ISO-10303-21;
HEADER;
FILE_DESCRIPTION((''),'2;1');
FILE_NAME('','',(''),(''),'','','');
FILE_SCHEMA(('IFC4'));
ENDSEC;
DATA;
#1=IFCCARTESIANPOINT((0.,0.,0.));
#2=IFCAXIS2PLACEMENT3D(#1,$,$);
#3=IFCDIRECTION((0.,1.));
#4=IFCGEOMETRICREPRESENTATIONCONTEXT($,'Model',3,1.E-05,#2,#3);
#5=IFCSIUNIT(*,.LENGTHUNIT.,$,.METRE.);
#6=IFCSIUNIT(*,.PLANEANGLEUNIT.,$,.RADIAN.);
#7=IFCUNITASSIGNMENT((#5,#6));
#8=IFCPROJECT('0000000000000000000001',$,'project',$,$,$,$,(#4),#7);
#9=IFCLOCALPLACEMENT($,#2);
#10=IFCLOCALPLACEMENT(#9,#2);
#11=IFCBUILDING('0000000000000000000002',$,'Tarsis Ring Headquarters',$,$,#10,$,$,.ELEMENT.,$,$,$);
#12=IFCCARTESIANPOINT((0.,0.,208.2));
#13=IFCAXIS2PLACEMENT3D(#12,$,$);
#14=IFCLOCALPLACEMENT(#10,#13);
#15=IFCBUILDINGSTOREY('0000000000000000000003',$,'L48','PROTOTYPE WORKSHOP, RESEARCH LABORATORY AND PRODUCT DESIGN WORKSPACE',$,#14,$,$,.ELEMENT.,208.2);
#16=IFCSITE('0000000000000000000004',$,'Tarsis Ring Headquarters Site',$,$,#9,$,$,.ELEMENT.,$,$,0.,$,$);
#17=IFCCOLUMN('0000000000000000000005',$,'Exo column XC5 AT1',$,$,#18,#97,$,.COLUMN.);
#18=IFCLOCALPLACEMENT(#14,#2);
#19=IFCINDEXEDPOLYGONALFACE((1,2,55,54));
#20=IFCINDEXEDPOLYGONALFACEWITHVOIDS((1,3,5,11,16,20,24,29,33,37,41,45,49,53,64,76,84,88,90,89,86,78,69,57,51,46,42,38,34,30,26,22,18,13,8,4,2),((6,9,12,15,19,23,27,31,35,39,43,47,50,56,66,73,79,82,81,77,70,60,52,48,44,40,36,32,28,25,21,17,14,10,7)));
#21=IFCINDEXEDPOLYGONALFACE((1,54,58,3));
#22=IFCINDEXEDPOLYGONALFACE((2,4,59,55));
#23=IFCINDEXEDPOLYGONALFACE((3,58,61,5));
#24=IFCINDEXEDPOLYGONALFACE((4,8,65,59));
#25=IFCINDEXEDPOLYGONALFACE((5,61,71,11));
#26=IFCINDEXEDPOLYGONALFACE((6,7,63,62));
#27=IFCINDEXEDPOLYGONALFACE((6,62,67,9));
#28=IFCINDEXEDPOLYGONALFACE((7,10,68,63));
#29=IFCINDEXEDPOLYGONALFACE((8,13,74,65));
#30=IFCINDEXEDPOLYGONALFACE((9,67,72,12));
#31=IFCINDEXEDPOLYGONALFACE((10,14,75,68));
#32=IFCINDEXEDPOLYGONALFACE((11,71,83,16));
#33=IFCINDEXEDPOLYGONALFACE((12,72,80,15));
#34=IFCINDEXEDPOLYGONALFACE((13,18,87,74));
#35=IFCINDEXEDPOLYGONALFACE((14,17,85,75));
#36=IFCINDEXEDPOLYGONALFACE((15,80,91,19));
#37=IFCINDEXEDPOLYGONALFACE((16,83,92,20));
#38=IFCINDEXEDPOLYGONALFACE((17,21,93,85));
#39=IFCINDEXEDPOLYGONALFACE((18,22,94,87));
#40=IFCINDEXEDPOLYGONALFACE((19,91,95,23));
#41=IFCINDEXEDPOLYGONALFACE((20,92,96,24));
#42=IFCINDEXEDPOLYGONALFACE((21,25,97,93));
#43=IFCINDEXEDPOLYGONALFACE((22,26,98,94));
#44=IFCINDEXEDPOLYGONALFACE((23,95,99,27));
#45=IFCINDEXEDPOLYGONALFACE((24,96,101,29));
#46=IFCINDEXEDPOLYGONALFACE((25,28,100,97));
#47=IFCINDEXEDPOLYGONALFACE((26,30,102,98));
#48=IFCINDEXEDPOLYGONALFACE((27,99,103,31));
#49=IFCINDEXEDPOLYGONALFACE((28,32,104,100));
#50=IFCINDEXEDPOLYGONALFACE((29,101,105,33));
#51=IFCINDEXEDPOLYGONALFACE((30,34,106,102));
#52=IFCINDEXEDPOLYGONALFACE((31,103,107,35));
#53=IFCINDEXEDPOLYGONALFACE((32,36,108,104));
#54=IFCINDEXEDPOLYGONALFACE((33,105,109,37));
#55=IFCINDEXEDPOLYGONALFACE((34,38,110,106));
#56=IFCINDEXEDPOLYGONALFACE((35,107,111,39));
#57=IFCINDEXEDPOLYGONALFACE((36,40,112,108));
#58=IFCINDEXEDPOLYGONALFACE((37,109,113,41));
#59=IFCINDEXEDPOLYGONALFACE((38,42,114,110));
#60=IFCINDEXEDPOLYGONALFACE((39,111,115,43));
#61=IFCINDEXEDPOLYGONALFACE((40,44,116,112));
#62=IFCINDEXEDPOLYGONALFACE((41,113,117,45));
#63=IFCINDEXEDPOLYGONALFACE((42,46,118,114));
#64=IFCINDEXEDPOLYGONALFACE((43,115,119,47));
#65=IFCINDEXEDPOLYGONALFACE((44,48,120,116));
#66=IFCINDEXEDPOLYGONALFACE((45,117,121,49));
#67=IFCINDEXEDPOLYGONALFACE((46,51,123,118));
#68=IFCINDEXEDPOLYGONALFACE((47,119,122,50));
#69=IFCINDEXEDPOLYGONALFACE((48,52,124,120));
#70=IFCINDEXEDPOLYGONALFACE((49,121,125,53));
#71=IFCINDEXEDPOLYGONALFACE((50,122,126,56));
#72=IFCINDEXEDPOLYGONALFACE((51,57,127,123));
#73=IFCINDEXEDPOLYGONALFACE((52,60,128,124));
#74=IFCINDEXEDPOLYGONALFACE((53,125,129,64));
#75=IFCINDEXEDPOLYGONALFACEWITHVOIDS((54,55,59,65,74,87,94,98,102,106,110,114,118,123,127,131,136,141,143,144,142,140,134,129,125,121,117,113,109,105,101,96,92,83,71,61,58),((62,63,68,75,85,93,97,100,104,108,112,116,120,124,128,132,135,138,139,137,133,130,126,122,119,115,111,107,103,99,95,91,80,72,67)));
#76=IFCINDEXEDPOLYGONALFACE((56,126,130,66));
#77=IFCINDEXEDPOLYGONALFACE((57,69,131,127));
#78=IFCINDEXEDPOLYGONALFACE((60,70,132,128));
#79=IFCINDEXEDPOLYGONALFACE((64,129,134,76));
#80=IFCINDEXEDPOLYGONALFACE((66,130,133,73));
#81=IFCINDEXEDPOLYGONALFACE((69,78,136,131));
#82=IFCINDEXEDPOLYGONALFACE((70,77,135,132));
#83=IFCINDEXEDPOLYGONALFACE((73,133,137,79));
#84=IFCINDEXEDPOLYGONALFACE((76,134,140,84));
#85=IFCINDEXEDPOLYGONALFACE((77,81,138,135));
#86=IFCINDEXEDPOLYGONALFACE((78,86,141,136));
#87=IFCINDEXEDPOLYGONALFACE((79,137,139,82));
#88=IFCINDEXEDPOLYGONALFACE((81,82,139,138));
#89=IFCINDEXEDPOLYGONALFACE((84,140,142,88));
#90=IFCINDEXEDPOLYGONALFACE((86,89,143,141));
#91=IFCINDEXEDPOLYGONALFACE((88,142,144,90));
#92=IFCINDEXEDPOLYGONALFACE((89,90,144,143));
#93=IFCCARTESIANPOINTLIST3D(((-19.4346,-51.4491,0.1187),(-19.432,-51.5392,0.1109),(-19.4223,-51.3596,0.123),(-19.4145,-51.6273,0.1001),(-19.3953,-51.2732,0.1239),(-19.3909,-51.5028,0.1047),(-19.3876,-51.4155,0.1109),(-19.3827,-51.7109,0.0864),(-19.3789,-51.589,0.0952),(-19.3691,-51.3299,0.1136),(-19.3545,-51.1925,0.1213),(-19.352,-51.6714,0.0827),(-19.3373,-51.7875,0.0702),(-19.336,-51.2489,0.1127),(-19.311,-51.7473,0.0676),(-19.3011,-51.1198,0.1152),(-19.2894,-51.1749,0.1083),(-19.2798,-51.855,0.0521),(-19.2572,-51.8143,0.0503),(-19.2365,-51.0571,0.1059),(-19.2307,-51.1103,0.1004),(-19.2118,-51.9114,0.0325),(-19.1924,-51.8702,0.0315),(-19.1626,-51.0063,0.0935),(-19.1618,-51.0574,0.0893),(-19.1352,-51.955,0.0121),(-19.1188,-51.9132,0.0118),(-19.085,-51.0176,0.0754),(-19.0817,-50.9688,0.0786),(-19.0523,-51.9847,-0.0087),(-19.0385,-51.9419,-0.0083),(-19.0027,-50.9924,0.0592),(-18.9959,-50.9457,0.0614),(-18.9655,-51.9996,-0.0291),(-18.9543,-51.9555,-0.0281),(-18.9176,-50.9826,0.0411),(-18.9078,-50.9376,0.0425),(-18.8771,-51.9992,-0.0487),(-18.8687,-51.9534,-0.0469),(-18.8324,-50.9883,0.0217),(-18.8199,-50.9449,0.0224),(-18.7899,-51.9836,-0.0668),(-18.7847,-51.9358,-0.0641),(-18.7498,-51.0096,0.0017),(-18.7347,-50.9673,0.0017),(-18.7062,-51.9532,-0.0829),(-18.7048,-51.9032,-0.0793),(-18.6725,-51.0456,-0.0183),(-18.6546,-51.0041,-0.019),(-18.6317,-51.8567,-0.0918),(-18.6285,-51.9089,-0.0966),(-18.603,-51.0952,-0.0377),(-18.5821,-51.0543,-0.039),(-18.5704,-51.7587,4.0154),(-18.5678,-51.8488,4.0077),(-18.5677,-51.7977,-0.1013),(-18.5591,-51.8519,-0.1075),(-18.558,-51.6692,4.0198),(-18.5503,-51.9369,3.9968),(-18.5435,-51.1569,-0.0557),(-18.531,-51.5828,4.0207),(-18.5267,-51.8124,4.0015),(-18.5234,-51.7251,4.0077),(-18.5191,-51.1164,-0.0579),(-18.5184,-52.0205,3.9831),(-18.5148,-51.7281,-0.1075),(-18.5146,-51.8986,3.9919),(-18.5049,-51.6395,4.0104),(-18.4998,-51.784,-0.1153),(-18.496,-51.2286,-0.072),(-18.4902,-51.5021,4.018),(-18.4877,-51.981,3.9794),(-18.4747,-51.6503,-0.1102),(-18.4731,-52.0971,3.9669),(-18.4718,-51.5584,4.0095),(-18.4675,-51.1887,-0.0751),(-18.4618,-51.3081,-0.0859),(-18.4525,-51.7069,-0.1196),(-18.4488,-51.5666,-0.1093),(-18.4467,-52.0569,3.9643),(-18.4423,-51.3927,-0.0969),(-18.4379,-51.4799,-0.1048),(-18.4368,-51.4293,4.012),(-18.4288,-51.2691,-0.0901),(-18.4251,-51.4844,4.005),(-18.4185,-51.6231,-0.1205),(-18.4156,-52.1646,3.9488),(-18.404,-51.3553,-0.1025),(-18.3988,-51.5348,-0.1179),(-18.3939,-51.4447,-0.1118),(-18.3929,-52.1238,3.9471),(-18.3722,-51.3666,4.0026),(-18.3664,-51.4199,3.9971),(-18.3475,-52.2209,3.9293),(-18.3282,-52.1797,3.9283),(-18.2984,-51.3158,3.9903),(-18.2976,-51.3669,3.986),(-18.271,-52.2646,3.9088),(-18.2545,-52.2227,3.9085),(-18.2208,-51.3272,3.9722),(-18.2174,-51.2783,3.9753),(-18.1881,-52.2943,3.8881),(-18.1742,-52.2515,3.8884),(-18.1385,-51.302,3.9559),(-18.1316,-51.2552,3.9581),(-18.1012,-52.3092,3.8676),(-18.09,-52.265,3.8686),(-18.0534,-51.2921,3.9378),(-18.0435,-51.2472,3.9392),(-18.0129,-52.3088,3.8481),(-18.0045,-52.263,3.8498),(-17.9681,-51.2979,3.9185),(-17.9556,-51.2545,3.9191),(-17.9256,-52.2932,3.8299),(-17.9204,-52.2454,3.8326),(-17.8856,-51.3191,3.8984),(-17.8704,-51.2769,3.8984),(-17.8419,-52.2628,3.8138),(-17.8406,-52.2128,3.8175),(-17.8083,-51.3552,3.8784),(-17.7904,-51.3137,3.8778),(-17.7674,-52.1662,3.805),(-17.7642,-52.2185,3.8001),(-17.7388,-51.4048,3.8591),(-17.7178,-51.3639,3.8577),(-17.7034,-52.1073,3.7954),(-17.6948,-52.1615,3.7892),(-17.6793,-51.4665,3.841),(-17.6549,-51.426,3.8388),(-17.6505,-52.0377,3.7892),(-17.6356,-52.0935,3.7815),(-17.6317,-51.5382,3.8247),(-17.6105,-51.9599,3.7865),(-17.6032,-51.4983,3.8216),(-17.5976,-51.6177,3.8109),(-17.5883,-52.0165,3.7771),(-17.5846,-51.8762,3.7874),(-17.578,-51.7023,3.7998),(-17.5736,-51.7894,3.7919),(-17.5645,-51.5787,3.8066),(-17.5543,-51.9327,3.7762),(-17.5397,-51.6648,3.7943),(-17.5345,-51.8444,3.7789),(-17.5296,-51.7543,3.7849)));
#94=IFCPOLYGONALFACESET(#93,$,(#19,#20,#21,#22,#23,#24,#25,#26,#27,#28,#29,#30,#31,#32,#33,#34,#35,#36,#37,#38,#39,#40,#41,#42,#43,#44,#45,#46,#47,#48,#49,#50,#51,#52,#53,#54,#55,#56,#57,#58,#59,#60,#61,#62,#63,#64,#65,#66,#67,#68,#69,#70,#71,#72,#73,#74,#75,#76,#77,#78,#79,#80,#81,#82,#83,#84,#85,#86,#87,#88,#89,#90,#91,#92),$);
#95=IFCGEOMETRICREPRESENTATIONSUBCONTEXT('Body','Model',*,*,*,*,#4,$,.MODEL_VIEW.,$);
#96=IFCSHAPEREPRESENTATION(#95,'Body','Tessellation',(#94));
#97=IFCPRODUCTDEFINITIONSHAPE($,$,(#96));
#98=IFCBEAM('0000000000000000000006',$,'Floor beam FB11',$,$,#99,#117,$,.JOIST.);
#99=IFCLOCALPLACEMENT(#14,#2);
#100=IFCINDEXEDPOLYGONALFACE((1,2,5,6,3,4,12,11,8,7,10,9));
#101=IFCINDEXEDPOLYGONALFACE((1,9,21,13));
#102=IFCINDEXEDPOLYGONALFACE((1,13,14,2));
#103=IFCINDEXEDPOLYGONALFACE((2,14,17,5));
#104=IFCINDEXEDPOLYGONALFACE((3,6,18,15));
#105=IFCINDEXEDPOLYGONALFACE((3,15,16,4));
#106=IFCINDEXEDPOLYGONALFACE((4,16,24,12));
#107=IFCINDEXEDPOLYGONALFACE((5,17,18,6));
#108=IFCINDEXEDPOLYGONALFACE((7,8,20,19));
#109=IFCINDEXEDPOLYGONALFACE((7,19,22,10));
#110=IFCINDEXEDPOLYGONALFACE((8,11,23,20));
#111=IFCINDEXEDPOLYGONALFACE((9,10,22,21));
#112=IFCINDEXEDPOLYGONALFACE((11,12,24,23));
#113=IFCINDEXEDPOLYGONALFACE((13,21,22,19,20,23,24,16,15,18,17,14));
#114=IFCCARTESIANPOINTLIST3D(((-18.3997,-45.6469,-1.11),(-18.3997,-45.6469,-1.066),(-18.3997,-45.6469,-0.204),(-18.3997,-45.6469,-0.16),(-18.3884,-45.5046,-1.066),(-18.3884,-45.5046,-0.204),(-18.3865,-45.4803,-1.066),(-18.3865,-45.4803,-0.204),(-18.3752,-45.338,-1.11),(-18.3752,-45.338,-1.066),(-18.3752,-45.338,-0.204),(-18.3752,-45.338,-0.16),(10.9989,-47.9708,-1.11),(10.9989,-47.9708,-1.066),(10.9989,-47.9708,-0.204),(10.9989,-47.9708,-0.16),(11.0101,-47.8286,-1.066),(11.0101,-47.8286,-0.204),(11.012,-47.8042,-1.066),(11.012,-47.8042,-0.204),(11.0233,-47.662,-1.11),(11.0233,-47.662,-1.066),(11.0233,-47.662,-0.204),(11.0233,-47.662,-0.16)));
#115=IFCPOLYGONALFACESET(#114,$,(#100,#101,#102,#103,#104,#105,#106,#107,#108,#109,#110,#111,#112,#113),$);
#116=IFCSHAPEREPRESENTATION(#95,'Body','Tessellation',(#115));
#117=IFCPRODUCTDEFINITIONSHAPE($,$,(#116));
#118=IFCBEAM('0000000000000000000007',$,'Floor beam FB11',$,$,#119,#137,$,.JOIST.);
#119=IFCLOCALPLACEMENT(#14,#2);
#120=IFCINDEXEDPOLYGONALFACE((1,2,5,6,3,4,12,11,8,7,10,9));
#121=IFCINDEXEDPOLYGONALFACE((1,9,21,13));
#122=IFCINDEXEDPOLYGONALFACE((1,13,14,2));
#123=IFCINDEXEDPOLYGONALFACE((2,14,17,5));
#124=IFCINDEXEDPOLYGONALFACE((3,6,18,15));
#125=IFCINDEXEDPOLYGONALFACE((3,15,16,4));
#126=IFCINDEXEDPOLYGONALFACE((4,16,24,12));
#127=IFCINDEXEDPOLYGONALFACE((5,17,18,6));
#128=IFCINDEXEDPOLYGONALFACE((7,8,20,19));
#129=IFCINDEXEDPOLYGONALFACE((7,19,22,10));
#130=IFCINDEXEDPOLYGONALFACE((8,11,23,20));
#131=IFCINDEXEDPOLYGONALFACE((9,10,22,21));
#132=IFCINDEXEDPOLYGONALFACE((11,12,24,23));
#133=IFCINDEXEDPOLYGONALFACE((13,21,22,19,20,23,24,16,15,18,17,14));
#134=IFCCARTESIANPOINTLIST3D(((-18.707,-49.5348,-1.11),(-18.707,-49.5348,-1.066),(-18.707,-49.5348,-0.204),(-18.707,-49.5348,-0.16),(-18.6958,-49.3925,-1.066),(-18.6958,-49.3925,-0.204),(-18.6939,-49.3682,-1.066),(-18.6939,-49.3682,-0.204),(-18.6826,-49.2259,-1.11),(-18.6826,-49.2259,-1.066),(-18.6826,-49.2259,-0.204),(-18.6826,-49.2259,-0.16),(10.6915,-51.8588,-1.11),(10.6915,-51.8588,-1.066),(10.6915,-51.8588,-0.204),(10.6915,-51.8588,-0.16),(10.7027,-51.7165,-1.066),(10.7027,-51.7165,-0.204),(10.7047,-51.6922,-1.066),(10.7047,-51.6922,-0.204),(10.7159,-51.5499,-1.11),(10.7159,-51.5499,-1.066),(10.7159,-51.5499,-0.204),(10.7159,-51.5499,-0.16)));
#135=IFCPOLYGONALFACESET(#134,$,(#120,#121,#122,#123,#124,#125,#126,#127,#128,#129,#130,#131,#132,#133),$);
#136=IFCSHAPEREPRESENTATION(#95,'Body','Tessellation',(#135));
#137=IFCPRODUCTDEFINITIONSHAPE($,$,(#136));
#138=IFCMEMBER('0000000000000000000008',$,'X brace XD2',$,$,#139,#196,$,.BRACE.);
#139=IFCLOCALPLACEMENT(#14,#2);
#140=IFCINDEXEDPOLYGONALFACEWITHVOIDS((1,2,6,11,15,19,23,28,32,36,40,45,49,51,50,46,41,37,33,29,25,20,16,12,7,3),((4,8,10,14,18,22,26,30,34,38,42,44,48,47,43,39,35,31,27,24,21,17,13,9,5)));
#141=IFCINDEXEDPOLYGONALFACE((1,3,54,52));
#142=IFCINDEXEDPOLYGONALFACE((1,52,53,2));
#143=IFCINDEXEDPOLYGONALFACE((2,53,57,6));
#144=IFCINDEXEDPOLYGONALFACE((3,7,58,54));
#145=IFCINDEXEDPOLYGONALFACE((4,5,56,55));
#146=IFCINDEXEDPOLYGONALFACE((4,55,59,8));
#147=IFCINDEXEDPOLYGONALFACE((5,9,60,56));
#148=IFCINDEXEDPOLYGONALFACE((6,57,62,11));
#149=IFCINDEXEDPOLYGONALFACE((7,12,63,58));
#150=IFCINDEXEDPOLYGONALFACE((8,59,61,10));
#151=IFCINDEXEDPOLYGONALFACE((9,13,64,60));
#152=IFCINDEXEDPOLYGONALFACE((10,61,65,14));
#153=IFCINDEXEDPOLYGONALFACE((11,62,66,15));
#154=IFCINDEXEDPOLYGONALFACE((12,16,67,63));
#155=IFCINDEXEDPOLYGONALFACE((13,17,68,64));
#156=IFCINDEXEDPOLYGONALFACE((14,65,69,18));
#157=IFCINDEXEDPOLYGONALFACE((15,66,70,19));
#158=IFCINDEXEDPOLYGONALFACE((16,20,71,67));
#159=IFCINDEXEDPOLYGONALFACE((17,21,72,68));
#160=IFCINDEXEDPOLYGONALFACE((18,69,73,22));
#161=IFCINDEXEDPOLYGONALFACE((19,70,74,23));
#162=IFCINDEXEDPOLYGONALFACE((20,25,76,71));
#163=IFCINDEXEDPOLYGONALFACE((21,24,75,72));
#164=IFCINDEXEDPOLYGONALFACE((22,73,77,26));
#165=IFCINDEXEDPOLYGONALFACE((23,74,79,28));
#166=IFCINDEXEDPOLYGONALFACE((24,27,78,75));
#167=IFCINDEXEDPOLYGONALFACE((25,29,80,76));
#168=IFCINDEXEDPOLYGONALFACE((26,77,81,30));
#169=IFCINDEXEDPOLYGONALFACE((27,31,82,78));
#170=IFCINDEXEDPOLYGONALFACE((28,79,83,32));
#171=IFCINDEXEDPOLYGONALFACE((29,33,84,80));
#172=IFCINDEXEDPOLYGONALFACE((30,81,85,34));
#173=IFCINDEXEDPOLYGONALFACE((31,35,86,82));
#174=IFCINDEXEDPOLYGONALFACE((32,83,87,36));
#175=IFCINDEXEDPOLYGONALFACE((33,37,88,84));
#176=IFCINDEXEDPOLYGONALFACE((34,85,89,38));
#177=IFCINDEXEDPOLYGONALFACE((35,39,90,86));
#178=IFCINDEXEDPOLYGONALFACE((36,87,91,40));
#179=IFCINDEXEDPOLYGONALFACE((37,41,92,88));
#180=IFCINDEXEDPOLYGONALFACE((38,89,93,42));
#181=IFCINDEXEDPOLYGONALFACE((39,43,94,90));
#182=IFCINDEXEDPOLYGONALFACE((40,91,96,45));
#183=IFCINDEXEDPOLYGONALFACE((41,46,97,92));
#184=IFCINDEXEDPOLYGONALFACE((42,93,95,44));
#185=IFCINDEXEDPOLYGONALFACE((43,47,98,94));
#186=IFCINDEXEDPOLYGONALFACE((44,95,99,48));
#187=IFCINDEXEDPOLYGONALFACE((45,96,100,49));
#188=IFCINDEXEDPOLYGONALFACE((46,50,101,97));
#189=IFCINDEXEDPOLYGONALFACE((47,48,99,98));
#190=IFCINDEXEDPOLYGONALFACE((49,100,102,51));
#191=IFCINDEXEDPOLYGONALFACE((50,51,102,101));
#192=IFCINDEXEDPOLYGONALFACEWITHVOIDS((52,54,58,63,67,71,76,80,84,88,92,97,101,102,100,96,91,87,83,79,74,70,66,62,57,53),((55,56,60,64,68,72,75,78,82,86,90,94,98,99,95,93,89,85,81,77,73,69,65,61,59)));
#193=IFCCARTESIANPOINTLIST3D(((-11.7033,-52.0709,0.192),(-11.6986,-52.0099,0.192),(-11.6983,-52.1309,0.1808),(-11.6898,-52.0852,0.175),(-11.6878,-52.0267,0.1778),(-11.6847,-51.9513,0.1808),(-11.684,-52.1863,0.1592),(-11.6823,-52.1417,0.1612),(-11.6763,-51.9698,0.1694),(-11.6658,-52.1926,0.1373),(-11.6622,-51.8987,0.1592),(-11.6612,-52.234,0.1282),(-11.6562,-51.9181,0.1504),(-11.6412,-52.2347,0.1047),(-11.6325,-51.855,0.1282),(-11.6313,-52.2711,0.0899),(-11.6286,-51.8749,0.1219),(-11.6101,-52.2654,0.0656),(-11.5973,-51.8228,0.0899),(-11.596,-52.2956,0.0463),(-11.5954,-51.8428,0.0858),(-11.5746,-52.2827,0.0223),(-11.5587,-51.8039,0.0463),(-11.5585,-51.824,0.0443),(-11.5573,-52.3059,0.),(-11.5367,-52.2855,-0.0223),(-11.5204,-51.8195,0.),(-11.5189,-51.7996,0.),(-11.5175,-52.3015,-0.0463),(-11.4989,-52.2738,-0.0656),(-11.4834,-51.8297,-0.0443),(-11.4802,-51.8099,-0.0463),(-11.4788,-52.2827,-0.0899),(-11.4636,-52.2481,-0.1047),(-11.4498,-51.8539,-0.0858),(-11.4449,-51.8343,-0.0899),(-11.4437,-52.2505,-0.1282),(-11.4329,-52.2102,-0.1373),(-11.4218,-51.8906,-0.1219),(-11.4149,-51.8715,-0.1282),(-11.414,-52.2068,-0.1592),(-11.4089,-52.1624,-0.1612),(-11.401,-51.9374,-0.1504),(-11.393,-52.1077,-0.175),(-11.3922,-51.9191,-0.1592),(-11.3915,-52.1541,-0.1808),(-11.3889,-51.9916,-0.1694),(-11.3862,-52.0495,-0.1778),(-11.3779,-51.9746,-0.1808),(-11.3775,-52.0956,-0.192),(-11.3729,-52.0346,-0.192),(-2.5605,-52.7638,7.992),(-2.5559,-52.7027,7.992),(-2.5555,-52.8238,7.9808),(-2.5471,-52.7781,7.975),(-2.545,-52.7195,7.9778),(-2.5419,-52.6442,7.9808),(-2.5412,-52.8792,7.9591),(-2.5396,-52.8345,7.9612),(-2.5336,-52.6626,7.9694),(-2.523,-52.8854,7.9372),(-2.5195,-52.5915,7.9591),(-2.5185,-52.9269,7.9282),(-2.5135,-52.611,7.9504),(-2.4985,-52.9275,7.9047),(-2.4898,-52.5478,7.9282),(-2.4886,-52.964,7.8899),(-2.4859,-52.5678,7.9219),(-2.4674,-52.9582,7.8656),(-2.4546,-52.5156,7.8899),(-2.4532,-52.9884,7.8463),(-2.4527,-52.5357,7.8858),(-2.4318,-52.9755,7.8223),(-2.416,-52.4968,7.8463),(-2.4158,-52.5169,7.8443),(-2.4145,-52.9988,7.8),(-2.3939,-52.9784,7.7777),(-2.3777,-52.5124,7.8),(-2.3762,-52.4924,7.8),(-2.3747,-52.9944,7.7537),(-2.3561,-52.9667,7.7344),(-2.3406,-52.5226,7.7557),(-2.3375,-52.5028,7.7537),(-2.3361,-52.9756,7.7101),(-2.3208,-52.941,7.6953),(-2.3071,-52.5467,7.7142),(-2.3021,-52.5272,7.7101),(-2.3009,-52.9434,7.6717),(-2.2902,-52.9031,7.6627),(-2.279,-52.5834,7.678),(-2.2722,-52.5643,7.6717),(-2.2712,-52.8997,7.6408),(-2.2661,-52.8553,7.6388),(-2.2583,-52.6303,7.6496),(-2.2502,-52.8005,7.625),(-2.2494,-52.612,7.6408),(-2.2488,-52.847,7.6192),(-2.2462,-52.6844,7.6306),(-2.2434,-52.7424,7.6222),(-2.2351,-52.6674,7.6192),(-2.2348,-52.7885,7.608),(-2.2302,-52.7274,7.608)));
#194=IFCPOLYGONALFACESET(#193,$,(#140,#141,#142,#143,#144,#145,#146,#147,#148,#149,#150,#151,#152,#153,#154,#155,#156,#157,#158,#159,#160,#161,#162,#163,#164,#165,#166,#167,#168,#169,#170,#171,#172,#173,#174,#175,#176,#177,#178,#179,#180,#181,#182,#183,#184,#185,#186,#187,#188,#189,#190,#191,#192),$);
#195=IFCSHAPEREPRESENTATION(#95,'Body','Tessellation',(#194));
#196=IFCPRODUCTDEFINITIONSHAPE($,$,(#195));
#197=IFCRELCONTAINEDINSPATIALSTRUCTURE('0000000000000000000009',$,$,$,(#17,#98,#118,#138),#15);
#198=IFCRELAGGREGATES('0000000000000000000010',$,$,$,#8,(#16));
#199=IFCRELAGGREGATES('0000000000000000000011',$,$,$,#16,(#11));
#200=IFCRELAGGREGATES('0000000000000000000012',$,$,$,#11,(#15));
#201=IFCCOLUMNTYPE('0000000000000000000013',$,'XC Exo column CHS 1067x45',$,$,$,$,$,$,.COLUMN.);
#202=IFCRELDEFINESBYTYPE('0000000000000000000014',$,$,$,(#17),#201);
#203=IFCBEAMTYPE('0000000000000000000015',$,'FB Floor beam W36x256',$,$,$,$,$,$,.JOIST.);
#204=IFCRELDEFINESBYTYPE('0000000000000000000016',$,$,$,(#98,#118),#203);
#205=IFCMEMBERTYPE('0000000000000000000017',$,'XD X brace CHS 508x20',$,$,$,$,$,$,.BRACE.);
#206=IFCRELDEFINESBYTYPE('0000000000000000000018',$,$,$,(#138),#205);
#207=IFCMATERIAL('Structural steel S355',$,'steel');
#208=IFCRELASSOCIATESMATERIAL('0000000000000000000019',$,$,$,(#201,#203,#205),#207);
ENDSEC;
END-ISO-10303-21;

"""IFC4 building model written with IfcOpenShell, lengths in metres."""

from ifc_helpers import new_model, si_unit, direction, frame, origin, origin_2d, place, context, subcontext, project, spatial, hollow_circle, i_section, extrude, material, material_profile, profile_set, type_object, element, save


model = new_model("IFC4")

# Units and contexts
model_context = context("Model", 3, precision=1e-05, world=origin(), true_north=direction((0.0, 1.0)))
body_context = subcontext(model_context, "Body", "Model", "MODEL_VIEW")
ifc_project = project(units=[si_unit("LENGTHUNIT", "METRE"), si_unit("PLANEANGLEUNIT", "RADIAN")], contexts=[model_context])

# Site, building, storey
site_placement = place(None, origin())
site = spatial("IfcSite", under=ifc_project, at=site_placement, Name="Tarsis Ring Headquarters Site", CompositionType="ELEMENT", RefElevation=0.0)
building_placement = place(site_placement, origin())
building = spatial("IfcBuilding", under=site, at=building_placement, Name="Tarsis Ring Headquarters", CompositionType="ELEMENT")
storey_placement = place(building_placement, frame((0.0, 0.0, 208.2)))
storey = spatial("IfcBuildingStorey", under=building, at=storey_placement, Name="L48", Description="PROTOTYPE WORKSHOP, RESEARCH LABORATORY AND PRODUCT DESIGN WORKSPACE", CompositionType="ELEMENT", Elevation=208.2)

# Column
ifc_material_1 = material(Name="Structural steel S355", Category="steel")
ifc_material_profile_1 = material_profile(ifc_material_1, hollow_circle(Radius=0.5334, WallThickness=0.0449, at=origin_2d()), Name="CHS 1067x45")
ifc_profile_set_1 = profile_set([ifc_material_profile_1], Name="Structural steel S355")
column_type = type_object("IfcColumnType", Name="XC Exo column CHS 1067x45", PredefinedType="COLUMN", material=ifc_profile_set_1)
column_placement = place(storey_placement, frame((-18.9146, -51.4695, 0.0017), z_axis=(0.215881, -0.077327, 0.973353), x_axis=(0.337212, 0.941429, 0.0)))
element("IfcColumn", 1, at=column_placement, inside=storey, type_object=column_type, Name="Exo column XC5 AT1", PredefinedType="COLUMN", context=body_context, shape_type="SweptSolid", body=[
    extrude(hollow_circle(Radius=0.5334, WallThickness=0.0449, at=origin_2d()), origin(), (0.0, 0.0, 1.0), 4.0034),
])

# Beams
ifc_material_profile_2 = material_profile(ifc_material_1, i_section(OverallWidth=0.3098, OverallDepth=0.95, WebThickness=0.0244, FlangeThickness=0.0439, at=origin_2d()), Name="W36x256")
ifc_profile_set_2 = profile_set([ifc_material_profile_2], Name="Structural steel S355")
beam_type_1 = type_object("IfcBeamType", Name="FB Floor beam W36x256", PredefinedType="JOIST", material=ifc_profile_set_2)
for number, where, z_axis, x_axis, name in (
    (2, (-18.3875, -45.4924, -0.635), (0.99689, -0.078805, 0.0), (0.078805, 0.99689, 0.0), "Floor beam FB11"),
    (3, (-18.6948, -49.3804, -0.635), (0.99689, -0.078805, 0.0), (0.078805, 0.99689, 0.0), "Floor beam FB11"),
):
    element("IfcBeam", number, at=place(storey_placement, frame(where, z_axis=z_axis, x_axis=x_axis)), inside=storey, type_object=beam_type_1, Name=name, PredefinedType="JOIST", context=body_context, shape_type="SweptSolid", body=[
        extrude(i_section(OverallWidth=0.3098, OverallDepth=0.95, WebThickness=0.0244, FlangeThickness=0.0439, at=origin_2d()), origin(), (0.0, 0.0, 1.0), 29.4902),
    ])

# Member
ifc_material_profile_3 = material_profile(ifc_material_1, hollow_circle(Radius=0.2539, WallThickness=0.02, at=origin_2d()), Name="CHS 508x20")
ifc_profile_set_3 = profile_set([ifc_material_profile_3], Name="Structural steel S355")
member_type = type_object("IfcMemberType", Name="XD X brace CHS 508x20", PredefinedType="BRACE", material=ifc_profile_set_3)
member_1_placement = place(storey_placement, frame((-11.5381, -52.0527, 0.0), z_axis=(0.7595, -0.057557, 0.647955), x_axis=(0.075566, 0.997141, 0.0)))
element("IfcMember", 4, at=member_1_placement, inside=storey, type_object=member_type, Name="X brace XD2", PredefinedType="BRACE", context=body_context, shape_type="SweptSolid", body=[
    extrude(hollow_circle(Radius=0.2539, WallThickness=0.02, at=origin_2d()), origin(), (0.0, 0.0, 1.0), 12.0378),
])

save(model, "model.ifc")
